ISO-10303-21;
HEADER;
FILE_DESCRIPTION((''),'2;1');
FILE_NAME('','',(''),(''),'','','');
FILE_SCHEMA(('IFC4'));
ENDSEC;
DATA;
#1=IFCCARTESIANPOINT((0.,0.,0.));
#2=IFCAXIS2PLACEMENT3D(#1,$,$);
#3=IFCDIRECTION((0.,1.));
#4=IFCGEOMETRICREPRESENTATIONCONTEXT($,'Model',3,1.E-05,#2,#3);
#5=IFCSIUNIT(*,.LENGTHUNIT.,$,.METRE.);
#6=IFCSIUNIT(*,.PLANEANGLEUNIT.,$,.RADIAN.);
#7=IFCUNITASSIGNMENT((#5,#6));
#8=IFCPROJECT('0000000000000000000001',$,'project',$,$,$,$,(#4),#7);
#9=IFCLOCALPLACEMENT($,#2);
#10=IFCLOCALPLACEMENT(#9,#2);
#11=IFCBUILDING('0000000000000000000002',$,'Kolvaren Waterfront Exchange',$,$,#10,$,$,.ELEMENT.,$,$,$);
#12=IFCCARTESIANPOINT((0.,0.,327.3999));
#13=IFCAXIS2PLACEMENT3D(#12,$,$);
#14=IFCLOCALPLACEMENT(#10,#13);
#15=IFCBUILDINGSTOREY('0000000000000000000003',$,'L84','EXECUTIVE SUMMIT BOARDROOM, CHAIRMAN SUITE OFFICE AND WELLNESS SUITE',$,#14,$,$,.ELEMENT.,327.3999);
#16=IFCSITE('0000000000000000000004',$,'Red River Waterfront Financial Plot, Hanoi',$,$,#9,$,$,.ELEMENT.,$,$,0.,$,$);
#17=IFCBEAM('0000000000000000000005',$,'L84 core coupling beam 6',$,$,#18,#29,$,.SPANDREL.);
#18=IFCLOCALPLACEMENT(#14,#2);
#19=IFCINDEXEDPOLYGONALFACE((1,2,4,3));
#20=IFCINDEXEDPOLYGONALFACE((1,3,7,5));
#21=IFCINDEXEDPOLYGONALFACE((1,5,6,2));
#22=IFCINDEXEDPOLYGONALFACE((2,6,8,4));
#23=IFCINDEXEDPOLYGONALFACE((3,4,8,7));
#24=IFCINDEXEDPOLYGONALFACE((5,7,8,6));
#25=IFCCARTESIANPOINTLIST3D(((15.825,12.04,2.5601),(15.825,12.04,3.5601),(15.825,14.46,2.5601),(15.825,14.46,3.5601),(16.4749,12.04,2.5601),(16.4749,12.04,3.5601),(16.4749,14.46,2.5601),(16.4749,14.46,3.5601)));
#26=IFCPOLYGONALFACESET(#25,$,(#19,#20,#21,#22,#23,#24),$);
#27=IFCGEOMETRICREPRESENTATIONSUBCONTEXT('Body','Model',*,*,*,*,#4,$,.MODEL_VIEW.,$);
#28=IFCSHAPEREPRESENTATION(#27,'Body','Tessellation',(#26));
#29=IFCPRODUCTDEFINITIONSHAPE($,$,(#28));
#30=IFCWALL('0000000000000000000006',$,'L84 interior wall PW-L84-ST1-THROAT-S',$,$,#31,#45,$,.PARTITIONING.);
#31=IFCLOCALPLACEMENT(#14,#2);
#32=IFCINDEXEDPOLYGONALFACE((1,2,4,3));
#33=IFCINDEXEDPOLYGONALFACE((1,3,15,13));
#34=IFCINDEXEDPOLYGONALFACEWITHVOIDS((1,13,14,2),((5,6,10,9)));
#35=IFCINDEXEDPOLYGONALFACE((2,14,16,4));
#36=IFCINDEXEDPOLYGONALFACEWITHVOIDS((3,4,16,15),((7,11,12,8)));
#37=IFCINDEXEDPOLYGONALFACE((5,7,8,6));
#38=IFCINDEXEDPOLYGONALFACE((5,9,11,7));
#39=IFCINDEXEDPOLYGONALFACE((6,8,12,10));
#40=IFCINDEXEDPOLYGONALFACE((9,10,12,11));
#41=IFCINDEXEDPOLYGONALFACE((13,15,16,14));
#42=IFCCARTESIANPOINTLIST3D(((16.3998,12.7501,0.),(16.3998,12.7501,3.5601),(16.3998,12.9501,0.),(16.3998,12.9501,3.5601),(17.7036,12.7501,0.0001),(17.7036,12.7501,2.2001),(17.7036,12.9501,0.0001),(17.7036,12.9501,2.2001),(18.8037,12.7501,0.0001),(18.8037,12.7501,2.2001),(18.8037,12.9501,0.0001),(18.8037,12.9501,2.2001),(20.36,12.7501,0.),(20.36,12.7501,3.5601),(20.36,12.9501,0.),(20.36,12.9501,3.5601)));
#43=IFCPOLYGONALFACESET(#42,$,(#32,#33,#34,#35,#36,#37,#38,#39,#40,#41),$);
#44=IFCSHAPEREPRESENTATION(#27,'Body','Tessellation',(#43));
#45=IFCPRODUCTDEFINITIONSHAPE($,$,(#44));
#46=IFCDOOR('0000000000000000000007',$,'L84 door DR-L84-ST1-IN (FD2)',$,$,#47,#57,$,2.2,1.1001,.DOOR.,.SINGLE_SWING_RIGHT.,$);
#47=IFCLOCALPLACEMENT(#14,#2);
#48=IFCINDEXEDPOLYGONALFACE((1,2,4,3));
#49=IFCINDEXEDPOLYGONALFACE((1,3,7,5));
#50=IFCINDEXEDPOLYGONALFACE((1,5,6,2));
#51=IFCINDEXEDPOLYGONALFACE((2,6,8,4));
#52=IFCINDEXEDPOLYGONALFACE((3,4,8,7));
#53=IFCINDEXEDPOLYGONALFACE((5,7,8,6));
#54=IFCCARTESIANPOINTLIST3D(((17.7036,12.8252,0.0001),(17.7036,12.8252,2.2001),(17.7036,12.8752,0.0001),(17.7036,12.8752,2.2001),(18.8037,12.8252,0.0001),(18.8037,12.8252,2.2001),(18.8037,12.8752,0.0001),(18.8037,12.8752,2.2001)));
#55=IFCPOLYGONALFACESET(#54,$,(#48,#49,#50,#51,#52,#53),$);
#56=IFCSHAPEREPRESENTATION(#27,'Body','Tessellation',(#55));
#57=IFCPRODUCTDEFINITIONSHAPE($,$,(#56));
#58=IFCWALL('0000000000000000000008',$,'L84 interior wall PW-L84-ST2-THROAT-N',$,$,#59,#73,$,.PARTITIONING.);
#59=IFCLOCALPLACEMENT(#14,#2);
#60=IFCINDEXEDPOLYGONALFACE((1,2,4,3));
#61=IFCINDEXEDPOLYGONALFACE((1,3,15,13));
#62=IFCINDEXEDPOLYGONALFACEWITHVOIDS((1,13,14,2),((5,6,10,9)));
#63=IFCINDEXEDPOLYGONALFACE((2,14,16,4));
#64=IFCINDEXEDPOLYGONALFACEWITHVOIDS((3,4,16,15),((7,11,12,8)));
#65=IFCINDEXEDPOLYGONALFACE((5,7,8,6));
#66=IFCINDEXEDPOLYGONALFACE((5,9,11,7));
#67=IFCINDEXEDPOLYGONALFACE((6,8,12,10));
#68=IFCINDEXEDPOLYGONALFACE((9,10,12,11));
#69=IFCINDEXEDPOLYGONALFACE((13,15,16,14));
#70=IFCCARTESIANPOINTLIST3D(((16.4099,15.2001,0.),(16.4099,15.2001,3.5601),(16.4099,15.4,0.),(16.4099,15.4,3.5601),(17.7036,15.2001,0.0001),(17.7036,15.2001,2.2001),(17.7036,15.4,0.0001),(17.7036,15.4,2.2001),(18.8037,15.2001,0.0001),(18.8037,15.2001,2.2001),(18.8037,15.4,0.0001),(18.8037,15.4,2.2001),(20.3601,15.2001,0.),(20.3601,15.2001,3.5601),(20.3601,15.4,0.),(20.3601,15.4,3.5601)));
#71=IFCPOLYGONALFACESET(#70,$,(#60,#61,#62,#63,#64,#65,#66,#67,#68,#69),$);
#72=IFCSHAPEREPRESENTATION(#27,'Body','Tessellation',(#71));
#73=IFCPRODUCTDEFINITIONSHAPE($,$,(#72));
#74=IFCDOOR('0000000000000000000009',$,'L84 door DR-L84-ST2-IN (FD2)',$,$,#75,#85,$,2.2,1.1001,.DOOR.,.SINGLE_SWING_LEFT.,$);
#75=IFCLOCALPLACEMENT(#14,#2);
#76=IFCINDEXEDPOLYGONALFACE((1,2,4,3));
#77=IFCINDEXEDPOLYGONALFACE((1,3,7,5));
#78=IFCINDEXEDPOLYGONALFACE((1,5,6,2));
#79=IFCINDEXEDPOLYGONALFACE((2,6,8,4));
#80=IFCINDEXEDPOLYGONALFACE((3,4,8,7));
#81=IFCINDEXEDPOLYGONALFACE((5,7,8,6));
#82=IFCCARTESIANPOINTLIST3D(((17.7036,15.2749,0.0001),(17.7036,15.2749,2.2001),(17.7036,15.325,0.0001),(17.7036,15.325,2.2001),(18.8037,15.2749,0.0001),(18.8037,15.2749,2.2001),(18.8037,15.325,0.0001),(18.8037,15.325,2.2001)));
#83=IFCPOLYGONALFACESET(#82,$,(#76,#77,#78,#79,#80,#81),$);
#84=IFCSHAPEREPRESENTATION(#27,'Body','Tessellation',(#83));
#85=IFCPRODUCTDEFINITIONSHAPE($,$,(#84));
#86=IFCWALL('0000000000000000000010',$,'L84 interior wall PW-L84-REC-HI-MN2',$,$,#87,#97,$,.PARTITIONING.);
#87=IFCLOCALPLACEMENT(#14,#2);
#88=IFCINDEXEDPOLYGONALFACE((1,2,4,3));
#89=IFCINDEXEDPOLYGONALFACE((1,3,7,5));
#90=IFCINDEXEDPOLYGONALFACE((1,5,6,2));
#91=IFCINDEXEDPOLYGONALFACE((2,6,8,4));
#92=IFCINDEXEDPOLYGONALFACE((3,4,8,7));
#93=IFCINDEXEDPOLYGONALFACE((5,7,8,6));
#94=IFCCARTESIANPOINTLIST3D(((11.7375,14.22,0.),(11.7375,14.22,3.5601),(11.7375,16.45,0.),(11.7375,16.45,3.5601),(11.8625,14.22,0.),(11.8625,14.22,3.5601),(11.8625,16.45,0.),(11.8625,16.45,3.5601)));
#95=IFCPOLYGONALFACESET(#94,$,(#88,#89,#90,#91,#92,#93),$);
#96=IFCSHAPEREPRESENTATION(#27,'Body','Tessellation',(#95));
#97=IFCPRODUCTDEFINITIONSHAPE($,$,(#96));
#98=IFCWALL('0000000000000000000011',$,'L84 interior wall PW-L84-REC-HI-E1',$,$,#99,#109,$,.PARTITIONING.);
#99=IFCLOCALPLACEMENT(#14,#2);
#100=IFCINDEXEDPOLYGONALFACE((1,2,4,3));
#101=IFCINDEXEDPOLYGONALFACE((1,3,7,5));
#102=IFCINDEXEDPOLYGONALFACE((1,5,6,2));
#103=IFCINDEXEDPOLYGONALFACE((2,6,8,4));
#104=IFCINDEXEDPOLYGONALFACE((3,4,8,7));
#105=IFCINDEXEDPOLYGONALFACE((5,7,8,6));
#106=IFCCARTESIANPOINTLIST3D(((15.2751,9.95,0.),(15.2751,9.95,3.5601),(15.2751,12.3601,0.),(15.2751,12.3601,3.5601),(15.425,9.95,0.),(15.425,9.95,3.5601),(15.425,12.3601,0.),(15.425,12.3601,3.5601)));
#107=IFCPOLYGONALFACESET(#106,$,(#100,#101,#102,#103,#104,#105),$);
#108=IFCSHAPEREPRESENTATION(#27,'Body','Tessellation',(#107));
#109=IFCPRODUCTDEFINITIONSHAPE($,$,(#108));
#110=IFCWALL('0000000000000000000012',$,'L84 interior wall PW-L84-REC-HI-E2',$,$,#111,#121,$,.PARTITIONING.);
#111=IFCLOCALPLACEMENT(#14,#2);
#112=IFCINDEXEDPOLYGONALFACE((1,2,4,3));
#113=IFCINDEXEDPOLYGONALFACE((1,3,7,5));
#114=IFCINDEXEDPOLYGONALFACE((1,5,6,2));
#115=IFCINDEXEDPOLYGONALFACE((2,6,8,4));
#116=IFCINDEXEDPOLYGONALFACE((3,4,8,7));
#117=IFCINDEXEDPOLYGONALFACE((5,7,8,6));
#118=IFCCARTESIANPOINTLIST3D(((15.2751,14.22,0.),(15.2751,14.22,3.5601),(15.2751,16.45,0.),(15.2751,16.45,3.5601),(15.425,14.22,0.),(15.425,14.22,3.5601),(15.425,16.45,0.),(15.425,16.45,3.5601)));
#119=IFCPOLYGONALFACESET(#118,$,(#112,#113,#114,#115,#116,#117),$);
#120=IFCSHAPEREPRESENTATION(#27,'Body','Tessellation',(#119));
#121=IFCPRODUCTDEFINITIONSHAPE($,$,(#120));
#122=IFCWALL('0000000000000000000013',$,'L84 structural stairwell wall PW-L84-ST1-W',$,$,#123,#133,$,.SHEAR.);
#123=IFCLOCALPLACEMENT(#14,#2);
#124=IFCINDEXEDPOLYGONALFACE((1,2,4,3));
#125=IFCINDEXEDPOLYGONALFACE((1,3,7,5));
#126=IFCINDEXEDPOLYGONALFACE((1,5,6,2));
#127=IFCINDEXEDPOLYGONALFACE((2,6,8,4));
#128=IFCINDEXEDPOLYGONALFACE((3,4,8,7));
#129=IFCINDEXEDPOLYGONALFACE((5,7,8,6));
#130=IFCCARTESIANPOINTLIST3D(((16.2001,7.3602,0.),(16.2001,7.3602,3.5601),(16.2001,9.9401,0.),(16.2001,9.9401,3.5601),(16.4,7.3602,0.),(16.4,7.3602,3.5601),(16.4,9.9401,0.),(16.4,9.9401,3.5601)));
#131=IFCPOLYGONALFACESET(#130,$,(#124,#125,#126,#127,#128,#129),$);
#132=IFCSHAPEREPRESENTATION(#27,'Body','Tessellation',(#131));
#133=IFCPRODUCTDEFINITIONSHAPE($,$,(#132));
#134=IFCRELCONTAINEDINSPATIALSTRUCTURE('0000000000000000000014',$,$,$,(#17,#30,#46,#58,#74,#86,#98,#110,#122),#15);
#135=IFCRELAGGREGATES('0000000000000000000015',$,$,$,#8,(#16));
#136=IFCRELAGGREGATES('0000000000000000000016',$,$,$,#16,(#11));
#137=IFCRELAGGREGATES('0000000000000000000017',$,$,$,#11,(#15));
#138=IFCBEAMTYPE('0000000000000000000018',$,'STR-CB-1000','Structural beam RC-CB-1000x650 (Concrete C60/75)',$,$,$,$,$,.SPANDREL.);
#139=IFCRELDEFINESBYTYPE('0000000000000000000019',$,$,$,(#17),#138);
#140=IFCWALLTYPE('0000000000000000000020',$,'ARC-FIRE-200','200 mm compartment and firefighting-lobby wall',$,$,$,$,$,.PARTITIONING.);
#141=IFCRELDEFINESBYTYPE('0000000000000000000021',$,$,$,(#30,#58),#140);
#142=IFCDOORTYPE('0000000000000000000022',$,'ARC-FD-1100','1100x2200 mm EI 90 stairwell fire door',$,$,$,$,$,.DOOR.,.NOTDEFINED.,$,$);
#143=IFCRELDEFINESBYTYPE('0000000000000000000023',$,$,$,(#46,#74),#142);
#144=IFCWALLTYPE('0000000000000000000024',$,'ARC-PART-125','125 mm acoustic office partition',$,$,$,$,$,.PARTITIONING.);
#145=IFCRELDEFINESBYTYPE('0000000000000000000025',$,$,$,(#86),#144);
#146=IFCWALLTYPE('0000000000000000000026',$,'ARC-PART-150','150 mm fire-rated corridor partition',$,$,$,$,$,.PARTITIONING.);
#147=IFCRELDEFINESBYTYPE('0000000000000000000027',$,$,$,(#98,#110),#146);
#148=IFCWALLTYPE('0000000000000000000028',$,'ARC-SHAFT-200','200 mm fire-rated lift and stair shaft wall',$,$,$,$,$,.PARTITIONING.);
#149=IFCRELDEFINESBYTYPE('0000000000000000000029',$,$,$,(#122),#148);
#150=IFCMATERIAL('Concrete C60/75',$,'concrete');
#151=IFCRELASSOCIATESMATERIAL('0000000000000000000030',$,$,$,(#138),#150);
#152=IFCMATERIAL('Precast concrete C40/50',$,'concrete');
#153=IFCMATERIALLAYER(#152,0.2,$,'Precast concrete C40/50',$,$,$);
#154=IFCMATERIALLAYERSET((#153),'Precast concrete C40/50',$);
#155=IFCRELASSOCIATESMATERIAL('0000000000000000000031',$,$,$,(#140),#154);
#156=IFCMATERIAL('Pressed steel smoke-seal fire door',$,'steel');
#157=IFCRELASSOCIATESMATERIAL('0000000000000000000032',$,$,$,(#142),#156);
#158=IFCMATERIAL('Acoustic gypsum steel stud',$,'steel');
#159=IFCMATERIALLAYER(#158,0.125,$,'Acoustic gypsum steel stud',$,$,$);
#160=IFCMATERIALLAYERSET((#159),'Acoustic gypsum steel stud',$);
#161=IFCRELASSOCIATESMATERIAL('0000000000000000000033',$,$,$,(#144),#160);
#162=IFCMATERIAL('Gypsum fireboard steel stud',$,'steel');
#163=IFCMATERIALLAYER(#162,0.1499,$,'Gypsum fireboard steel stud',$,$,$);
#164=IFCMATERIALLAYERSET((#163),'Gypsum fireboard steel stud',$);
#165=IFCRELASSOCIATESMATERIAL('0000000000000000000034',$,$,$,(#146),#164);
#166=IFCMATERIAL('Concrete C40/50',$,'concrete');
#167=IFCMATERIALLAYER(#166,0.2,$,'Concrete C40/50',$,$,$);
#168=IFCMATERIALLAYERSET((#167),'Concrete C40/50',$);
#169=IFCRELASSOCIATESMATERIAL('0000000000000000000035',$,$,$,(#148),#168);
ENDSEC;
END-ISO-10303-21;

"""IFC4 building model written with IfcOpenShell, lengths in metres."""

from ifc_helpers import new_model, si_unit, direction, frame, frame_2d, origin, origin_2d, place, context, subcontext, project, spatial, rectangle, extrude, material, layer, layer_set, material_profile, profile_set, type_object, element, fill, save


model = new_model("IFC4")

# Units and contexts
model_context = context("Model", 3, precision=1e-05, world=origin(), true_north=direction((0.0, 1.0)))
body_context = subcontext(model_context, "Body", "Model", "MODEL_VIEW")
ifc_project = project(units=[si_unit("LENGTHUNIT", "METRE"), si_unit("PLANEANGLEUNIT", "RADIAN")], contexts=[model_context])

# Site, building, storey
site_placement = place(None, origin())
site = spatial("IfcSite", under=ifc_project, at=site_placement, Name="Red River Waterfront Financial Plot, Hanoi", CompositionType="ELEMENT", RefElevation=0.0)
building_placement = place(site_placement, origin())
building = spatial("IfcBuilding", under=site, at=building_placement, Name="Kolvaren Waterfront Exchange", CompositionType="ELEMENT")
storey_placement = place(building_placement, frame((0.0, 0.0, 327.3999)))
storey = spatial("IfcBuildingStorey", under=building, at=storey_placement, Name="L84", Description="EXECUTIVE SUMMIT BOARDROOM, CHAIRMAN SUITE OFFICE AND WELLNESS SUITE", CompositionType="ELEMENT", Elevation=327.3999)

# Beam
ifc_material_1 = material(Name="Concrete C60/75", Category="concrete")
ifc_material_profile = material_profile(ifc_material_1, rectangle(XDim=0.6499, YDim=1.0, at=origin_2d()), Name="RC-CB-1000x650")
ifc_profile_set = profile_set([ifc_material_profile], Name="Concrete C60/75")
beam_type = type_object("IfcBeamType", Name="STR-CB-1000", Description="Structural beam RC-CB-1000x650 (Concrete C60/75)", PredefinedType="SPANDREL", material=ifc_profile_set)
beam_placement = place(storey_placement, frame((16.1499, 12.04, 3.0601), z_axis=(0.0, 1.0, 0.0), x_axis=(-1.0, 0.0, 0.0)))
element("IfcBeam", 1, at=beam_placement, inside=storey, type_object=beam_type, Name="L84 core coupling beam 6", PredefinedType="SPANDREL", context=body_context, shape_type="SweptSolid", body=[
    extrude(rectangle(XDim=0.6499, YDim=1.0, at=origin_2d()), origin(), (0.0, 0.0, 1.0), 2.4199),
])

# Walls, openings, doors
ifc_material_2 = material(Name="Precast concrete C40/50", Category="concrete")
ifc_layer_1 = layer(ifc_material_2, 0.2, Name="Precast concrete C40/50")
ifc_layer_set_1 = layer_set([ifc_layer_1], Name="Precast concrete C40/50")
wall_type_1 = type_object("IfcWallType", Name="ARC-FIRE-200", Description="200 mm compartment and firefighting-lobby wall", PredefinedType="PARTITIONING", material=ifc_layer_set_1)
wall_1_placement = place(storey_placement, frame((16.3999, 12.8501, 0.0), z_axis=(0.0, 0.0, 1.0), x_axis=(1.0, 0.0, 0.0)))
wall_1 = element("IfcWall", 2, at=wall_1_placement, inside=storey, type_object=wall_type_1, Name="L84 interior wall PW-L84-ST1-THROAT-S", PredefinedType="PARTITIONING", context=body_context, shape_type="SweptSolid", body=[
    extrude(rectangle(XDim=3.9602, YDim=0.2, at=frame_2d((1.98, 0.0))), origin(), (0.0, 0.0, 1.0), 3.5601),
])
opening_1_placement = place(wall_1_placement, frame((1.3037, 0.0, 0.0)))
opening_1 = element("IfcOpeningElement", 3, at=opening_1_placement, cuts=wall_1, PredefinedType="OPENING", context=body_context, shape_type="SweptSolid", body=[
    extrude(rectangle(XDim=1.1001, YDim=2.2, at=frame_2d((0.55, 1.1001))), frame((0.0, 0.1099, 0.0), z_axis=(0.0, -1.0, 0.0), x_axis=(1.0, 0.0, 0.0)), (0.0, 0.0, 1.0), 0.22),
])
ifc_material_3 = material(Name="Pressed steel smoke-seal fire door", Category="steel")
door_type_1 = type_object("IfcDoorType", Name="ARC-FD-1100", Description="1100x2200 mm EI 90 stairwell fire door", OperationType="NOTDEFINED", PredefinedType="DOOR", material=ifc_material_3)
door_1_placement = place(opening_1_placement, frame((1.1001, 0.0, 0.0), z_axis=(0.0, 0.0, 1.0), x_axis=(-1.0, 0.0, 0.0)))
door_1 = element("IfcDoor", 4, at=door_1_placement, inside=storey, type_object=door_type_1, Name="L84 door DR-L84-ST1-IN (FD2)", OperationType="SINGLE_SWING_RIGHT", OverallHeight=2.2, OverallWidth=1.1001, PredefinedType="DOOR", context=body_context, shape_type="SweptSolid", body=[
    extrude(rectangle(XDim=1.1001, YDim=2.2, at=frame_2d((0.55, 1.1001))), frame((0.0, 0.0249, 0.0), z_axis=(0.0, -1.0, 0.0), x_axis=(1.0, 0.0, 0.0)), (0.0, 0.0, 1.0), 0.05),
])
fill(opening_1, door_1)
wall_2_placement = place(storey_placement, frame((16.4099, 15.3, 0.0), z_axis=(0.0, 0.0, 1.0), x_axis=(1.0, 0.0, 0.0)))
wall_2 = element("IfcWall", 5, at=wall_2_placement, inside=storey, type_object=wall_type_1, Name="L84 interior wall PW-L84-ST2-THROAT-N", PredefinedType="PARTITIONING", context=body_context, shape_type="SweptSolid", body=[
    extrude(rectangle(XDim=3.9502, YDim=0.2, at=frame_2d((1.9751, 0.0))), origin(), (0.0, 0.0, 1.0), 3.5601),
])
opening_2_placement = place(wall_2_placement, frame((1.2937, 0.0, 0.0)))
opening_2 = element("IfcOpeningElement", 6, at=opening_2_placement, cuts=wall_2, PredefinedType="OPENING", context=body_context, shape_type="SweptSolid", body=[
    extrude(rectangle(XDim=1.1001, YDim=2.2, at=frame_2d((0.55, 1.1001))), frame((0.0, 0.1099, 0.0), z_axis=(0.0, -1.0, 0.0), x_axis=(1.0, 0.0, 0.0)), (0.0, 0.0, 1.0), 0.22),
])
door_2_placement = place(opening_2_placement, origin())
door_2 = element("IfcDoor", 7, at=door_2_placement, inside=storey, type_object=door_type_1, Name="L84 door DR-L84-ST2-IN (FD2)", OperationType="SINGLE_SWING_LEFT", OverallHeight=2.2, OverallWidth=1.1001, PredefinedType="DOOR", context=body_context, shape_type="SweptSolid", body=[
    extrude(rectangle(XDim=1.1001, YDim=2.2, at=frame_2d((0.55, 1.1001))), frame((0.0, 0.0249, 0.0), z_axis=(0.0, -1.0, 0.0), x_axis=(1.0, 0.0, 0.0)), (0.0, 0.0, 1.0), 0.05),
])
fill(opening_2, door_2)

# Walls
ifc_material_4 = material(Name="Acoustic gypsum steel stud", Category="steel")
ifc_layer_2 = layer(ifc_material_4, 0.125, Name="Acoustic gypsum steel stud")
ifc_layer_set_2 = layer_set([ifc_layer_2], Name="Acoustic gypsum steel stud")
wall_type_2 = type_object("IfcWallType", Name="ARC-PART-125", Description="125 mm acoustic office partition", PredefinedType="PARTITIONING", material=ifc_layer_set_2)
wall_3_placement = place(storey_placement, frame((11.8, 14.22, 0.0), z_axis=(0.0, 0.0, 1.0), x_axis=(0.0, 1.0, 0.0)))
element("IfcWall", 8, at=wall_3_placement, inside=storey, type_object=wall_type_2, Name="L84 interior wall PW-L84-REC-HI-MN2", PredefinedType="PARTITIONING", context=body_context, shape_type="SweptSolid", body=[
    extrude(rectangle(XDim=2.23, YDim=0.125, at=frame_2d((1.115, 0.0))), origin(), (0.0, 0.0, 1.0), 3.5601),
])
ifc_material_5 = material(Name="Gypsum fireboard steel stud", Category="steel")
ifc_layer_3 = layer(ifc_material_5, 0.1499, Name="Gypsum fireboard steel stud")
ifc_layer_set_3 = layer_set([ifc_layer_3], Name="Gypsum fireboard steel stud")
wall_type_3 = type_object("IfcWallType", Name="ARC-PART-150", Description="150 mm fire-rated corridor partition", PredefinedType="PARTITIONING", material=ifc_layer_set_3)
wall_4_placement = place(storey_placement, frame((15.3501, 9.95, 0.0), z_axis=(0.0, 0.0, 1.0), x_axis=(0.0, 1.0, 0.0)))
element("IfcWall", 9, at=wall_4_placement, inside=storey, type_object=wall_type_3, Name="L84 interior wall PW-L84-REC-HI-E1", PredefinedType="PARTITIONING", context=body_context, shape_type="SweptSolid", body=[
    extrude(rectangle(XDim=2.4102, YDim=0.1499, at=frame_2d((1.2051, 0.0))), origin(), (0.0, 0.0, 1.0), 3.5601),
])
wall_5_placement = place(storey_placement, frame((15.3501, 14.22, 0.0), z_axis=(0.0, 0.0, 1.0), x_axis=(0.0, 1.0, 0.0)))
element("IfcWall", 10, at=wall_5_placement, inside=storey, type_object=wall_type_3, Name="L84 interior wall PW-L84-REC-HI-E2", PredefinedType="PARTITIONING", context=body_context, shape_type="SweptSolid", body=[
    extrude(rectangle(XDim=2.23, YDim=0.1499, at=frame_2d((1.115, 0.0))), origin(), (0.0, 0.0, 1.0), 3.5601),
])
ifc_material_6 = material(Name="Concrete C40/50", Category="concrete")
ifc_layer_4 = layer(ifc_material_6, 0.2, Name="Concrete C40/50")
ifc_layer_set_4 = layer_set([ifc_layer_4], Name="Concrete C40/50")
wall_type_4 = type_object("IfcWallType", Name="ARC-SHAFT-200", Description="200 mm fire-rated lift and stair shaft wall", PredefinedType="PARTITIONING", material=ifc_layer_set_4)
wall_6_placement = place(storey_placement, frame((16.3, 7.3601, 0.0), z_axis=(0.0, 0.0, 1.0), x_axis=(0.0, 1.0, 0.0)))
element("IfcWall", 11, at=wall_6_placement, inside=storey, type_object=wall_type_4, Name="L84 structural stairwell wall PW-L84-ST1-W", PredefinedType="SHEAR", context=body_context, shape_type="SweptSolid", body=[
    extrude(rectangle(XDim=2.5798, YDim=0.2, at=frame_2d((1.29, 0.0))), origin(), (0.0, 0.0, 1.0), 3.5601),
])

save(model, "model.ifc")
